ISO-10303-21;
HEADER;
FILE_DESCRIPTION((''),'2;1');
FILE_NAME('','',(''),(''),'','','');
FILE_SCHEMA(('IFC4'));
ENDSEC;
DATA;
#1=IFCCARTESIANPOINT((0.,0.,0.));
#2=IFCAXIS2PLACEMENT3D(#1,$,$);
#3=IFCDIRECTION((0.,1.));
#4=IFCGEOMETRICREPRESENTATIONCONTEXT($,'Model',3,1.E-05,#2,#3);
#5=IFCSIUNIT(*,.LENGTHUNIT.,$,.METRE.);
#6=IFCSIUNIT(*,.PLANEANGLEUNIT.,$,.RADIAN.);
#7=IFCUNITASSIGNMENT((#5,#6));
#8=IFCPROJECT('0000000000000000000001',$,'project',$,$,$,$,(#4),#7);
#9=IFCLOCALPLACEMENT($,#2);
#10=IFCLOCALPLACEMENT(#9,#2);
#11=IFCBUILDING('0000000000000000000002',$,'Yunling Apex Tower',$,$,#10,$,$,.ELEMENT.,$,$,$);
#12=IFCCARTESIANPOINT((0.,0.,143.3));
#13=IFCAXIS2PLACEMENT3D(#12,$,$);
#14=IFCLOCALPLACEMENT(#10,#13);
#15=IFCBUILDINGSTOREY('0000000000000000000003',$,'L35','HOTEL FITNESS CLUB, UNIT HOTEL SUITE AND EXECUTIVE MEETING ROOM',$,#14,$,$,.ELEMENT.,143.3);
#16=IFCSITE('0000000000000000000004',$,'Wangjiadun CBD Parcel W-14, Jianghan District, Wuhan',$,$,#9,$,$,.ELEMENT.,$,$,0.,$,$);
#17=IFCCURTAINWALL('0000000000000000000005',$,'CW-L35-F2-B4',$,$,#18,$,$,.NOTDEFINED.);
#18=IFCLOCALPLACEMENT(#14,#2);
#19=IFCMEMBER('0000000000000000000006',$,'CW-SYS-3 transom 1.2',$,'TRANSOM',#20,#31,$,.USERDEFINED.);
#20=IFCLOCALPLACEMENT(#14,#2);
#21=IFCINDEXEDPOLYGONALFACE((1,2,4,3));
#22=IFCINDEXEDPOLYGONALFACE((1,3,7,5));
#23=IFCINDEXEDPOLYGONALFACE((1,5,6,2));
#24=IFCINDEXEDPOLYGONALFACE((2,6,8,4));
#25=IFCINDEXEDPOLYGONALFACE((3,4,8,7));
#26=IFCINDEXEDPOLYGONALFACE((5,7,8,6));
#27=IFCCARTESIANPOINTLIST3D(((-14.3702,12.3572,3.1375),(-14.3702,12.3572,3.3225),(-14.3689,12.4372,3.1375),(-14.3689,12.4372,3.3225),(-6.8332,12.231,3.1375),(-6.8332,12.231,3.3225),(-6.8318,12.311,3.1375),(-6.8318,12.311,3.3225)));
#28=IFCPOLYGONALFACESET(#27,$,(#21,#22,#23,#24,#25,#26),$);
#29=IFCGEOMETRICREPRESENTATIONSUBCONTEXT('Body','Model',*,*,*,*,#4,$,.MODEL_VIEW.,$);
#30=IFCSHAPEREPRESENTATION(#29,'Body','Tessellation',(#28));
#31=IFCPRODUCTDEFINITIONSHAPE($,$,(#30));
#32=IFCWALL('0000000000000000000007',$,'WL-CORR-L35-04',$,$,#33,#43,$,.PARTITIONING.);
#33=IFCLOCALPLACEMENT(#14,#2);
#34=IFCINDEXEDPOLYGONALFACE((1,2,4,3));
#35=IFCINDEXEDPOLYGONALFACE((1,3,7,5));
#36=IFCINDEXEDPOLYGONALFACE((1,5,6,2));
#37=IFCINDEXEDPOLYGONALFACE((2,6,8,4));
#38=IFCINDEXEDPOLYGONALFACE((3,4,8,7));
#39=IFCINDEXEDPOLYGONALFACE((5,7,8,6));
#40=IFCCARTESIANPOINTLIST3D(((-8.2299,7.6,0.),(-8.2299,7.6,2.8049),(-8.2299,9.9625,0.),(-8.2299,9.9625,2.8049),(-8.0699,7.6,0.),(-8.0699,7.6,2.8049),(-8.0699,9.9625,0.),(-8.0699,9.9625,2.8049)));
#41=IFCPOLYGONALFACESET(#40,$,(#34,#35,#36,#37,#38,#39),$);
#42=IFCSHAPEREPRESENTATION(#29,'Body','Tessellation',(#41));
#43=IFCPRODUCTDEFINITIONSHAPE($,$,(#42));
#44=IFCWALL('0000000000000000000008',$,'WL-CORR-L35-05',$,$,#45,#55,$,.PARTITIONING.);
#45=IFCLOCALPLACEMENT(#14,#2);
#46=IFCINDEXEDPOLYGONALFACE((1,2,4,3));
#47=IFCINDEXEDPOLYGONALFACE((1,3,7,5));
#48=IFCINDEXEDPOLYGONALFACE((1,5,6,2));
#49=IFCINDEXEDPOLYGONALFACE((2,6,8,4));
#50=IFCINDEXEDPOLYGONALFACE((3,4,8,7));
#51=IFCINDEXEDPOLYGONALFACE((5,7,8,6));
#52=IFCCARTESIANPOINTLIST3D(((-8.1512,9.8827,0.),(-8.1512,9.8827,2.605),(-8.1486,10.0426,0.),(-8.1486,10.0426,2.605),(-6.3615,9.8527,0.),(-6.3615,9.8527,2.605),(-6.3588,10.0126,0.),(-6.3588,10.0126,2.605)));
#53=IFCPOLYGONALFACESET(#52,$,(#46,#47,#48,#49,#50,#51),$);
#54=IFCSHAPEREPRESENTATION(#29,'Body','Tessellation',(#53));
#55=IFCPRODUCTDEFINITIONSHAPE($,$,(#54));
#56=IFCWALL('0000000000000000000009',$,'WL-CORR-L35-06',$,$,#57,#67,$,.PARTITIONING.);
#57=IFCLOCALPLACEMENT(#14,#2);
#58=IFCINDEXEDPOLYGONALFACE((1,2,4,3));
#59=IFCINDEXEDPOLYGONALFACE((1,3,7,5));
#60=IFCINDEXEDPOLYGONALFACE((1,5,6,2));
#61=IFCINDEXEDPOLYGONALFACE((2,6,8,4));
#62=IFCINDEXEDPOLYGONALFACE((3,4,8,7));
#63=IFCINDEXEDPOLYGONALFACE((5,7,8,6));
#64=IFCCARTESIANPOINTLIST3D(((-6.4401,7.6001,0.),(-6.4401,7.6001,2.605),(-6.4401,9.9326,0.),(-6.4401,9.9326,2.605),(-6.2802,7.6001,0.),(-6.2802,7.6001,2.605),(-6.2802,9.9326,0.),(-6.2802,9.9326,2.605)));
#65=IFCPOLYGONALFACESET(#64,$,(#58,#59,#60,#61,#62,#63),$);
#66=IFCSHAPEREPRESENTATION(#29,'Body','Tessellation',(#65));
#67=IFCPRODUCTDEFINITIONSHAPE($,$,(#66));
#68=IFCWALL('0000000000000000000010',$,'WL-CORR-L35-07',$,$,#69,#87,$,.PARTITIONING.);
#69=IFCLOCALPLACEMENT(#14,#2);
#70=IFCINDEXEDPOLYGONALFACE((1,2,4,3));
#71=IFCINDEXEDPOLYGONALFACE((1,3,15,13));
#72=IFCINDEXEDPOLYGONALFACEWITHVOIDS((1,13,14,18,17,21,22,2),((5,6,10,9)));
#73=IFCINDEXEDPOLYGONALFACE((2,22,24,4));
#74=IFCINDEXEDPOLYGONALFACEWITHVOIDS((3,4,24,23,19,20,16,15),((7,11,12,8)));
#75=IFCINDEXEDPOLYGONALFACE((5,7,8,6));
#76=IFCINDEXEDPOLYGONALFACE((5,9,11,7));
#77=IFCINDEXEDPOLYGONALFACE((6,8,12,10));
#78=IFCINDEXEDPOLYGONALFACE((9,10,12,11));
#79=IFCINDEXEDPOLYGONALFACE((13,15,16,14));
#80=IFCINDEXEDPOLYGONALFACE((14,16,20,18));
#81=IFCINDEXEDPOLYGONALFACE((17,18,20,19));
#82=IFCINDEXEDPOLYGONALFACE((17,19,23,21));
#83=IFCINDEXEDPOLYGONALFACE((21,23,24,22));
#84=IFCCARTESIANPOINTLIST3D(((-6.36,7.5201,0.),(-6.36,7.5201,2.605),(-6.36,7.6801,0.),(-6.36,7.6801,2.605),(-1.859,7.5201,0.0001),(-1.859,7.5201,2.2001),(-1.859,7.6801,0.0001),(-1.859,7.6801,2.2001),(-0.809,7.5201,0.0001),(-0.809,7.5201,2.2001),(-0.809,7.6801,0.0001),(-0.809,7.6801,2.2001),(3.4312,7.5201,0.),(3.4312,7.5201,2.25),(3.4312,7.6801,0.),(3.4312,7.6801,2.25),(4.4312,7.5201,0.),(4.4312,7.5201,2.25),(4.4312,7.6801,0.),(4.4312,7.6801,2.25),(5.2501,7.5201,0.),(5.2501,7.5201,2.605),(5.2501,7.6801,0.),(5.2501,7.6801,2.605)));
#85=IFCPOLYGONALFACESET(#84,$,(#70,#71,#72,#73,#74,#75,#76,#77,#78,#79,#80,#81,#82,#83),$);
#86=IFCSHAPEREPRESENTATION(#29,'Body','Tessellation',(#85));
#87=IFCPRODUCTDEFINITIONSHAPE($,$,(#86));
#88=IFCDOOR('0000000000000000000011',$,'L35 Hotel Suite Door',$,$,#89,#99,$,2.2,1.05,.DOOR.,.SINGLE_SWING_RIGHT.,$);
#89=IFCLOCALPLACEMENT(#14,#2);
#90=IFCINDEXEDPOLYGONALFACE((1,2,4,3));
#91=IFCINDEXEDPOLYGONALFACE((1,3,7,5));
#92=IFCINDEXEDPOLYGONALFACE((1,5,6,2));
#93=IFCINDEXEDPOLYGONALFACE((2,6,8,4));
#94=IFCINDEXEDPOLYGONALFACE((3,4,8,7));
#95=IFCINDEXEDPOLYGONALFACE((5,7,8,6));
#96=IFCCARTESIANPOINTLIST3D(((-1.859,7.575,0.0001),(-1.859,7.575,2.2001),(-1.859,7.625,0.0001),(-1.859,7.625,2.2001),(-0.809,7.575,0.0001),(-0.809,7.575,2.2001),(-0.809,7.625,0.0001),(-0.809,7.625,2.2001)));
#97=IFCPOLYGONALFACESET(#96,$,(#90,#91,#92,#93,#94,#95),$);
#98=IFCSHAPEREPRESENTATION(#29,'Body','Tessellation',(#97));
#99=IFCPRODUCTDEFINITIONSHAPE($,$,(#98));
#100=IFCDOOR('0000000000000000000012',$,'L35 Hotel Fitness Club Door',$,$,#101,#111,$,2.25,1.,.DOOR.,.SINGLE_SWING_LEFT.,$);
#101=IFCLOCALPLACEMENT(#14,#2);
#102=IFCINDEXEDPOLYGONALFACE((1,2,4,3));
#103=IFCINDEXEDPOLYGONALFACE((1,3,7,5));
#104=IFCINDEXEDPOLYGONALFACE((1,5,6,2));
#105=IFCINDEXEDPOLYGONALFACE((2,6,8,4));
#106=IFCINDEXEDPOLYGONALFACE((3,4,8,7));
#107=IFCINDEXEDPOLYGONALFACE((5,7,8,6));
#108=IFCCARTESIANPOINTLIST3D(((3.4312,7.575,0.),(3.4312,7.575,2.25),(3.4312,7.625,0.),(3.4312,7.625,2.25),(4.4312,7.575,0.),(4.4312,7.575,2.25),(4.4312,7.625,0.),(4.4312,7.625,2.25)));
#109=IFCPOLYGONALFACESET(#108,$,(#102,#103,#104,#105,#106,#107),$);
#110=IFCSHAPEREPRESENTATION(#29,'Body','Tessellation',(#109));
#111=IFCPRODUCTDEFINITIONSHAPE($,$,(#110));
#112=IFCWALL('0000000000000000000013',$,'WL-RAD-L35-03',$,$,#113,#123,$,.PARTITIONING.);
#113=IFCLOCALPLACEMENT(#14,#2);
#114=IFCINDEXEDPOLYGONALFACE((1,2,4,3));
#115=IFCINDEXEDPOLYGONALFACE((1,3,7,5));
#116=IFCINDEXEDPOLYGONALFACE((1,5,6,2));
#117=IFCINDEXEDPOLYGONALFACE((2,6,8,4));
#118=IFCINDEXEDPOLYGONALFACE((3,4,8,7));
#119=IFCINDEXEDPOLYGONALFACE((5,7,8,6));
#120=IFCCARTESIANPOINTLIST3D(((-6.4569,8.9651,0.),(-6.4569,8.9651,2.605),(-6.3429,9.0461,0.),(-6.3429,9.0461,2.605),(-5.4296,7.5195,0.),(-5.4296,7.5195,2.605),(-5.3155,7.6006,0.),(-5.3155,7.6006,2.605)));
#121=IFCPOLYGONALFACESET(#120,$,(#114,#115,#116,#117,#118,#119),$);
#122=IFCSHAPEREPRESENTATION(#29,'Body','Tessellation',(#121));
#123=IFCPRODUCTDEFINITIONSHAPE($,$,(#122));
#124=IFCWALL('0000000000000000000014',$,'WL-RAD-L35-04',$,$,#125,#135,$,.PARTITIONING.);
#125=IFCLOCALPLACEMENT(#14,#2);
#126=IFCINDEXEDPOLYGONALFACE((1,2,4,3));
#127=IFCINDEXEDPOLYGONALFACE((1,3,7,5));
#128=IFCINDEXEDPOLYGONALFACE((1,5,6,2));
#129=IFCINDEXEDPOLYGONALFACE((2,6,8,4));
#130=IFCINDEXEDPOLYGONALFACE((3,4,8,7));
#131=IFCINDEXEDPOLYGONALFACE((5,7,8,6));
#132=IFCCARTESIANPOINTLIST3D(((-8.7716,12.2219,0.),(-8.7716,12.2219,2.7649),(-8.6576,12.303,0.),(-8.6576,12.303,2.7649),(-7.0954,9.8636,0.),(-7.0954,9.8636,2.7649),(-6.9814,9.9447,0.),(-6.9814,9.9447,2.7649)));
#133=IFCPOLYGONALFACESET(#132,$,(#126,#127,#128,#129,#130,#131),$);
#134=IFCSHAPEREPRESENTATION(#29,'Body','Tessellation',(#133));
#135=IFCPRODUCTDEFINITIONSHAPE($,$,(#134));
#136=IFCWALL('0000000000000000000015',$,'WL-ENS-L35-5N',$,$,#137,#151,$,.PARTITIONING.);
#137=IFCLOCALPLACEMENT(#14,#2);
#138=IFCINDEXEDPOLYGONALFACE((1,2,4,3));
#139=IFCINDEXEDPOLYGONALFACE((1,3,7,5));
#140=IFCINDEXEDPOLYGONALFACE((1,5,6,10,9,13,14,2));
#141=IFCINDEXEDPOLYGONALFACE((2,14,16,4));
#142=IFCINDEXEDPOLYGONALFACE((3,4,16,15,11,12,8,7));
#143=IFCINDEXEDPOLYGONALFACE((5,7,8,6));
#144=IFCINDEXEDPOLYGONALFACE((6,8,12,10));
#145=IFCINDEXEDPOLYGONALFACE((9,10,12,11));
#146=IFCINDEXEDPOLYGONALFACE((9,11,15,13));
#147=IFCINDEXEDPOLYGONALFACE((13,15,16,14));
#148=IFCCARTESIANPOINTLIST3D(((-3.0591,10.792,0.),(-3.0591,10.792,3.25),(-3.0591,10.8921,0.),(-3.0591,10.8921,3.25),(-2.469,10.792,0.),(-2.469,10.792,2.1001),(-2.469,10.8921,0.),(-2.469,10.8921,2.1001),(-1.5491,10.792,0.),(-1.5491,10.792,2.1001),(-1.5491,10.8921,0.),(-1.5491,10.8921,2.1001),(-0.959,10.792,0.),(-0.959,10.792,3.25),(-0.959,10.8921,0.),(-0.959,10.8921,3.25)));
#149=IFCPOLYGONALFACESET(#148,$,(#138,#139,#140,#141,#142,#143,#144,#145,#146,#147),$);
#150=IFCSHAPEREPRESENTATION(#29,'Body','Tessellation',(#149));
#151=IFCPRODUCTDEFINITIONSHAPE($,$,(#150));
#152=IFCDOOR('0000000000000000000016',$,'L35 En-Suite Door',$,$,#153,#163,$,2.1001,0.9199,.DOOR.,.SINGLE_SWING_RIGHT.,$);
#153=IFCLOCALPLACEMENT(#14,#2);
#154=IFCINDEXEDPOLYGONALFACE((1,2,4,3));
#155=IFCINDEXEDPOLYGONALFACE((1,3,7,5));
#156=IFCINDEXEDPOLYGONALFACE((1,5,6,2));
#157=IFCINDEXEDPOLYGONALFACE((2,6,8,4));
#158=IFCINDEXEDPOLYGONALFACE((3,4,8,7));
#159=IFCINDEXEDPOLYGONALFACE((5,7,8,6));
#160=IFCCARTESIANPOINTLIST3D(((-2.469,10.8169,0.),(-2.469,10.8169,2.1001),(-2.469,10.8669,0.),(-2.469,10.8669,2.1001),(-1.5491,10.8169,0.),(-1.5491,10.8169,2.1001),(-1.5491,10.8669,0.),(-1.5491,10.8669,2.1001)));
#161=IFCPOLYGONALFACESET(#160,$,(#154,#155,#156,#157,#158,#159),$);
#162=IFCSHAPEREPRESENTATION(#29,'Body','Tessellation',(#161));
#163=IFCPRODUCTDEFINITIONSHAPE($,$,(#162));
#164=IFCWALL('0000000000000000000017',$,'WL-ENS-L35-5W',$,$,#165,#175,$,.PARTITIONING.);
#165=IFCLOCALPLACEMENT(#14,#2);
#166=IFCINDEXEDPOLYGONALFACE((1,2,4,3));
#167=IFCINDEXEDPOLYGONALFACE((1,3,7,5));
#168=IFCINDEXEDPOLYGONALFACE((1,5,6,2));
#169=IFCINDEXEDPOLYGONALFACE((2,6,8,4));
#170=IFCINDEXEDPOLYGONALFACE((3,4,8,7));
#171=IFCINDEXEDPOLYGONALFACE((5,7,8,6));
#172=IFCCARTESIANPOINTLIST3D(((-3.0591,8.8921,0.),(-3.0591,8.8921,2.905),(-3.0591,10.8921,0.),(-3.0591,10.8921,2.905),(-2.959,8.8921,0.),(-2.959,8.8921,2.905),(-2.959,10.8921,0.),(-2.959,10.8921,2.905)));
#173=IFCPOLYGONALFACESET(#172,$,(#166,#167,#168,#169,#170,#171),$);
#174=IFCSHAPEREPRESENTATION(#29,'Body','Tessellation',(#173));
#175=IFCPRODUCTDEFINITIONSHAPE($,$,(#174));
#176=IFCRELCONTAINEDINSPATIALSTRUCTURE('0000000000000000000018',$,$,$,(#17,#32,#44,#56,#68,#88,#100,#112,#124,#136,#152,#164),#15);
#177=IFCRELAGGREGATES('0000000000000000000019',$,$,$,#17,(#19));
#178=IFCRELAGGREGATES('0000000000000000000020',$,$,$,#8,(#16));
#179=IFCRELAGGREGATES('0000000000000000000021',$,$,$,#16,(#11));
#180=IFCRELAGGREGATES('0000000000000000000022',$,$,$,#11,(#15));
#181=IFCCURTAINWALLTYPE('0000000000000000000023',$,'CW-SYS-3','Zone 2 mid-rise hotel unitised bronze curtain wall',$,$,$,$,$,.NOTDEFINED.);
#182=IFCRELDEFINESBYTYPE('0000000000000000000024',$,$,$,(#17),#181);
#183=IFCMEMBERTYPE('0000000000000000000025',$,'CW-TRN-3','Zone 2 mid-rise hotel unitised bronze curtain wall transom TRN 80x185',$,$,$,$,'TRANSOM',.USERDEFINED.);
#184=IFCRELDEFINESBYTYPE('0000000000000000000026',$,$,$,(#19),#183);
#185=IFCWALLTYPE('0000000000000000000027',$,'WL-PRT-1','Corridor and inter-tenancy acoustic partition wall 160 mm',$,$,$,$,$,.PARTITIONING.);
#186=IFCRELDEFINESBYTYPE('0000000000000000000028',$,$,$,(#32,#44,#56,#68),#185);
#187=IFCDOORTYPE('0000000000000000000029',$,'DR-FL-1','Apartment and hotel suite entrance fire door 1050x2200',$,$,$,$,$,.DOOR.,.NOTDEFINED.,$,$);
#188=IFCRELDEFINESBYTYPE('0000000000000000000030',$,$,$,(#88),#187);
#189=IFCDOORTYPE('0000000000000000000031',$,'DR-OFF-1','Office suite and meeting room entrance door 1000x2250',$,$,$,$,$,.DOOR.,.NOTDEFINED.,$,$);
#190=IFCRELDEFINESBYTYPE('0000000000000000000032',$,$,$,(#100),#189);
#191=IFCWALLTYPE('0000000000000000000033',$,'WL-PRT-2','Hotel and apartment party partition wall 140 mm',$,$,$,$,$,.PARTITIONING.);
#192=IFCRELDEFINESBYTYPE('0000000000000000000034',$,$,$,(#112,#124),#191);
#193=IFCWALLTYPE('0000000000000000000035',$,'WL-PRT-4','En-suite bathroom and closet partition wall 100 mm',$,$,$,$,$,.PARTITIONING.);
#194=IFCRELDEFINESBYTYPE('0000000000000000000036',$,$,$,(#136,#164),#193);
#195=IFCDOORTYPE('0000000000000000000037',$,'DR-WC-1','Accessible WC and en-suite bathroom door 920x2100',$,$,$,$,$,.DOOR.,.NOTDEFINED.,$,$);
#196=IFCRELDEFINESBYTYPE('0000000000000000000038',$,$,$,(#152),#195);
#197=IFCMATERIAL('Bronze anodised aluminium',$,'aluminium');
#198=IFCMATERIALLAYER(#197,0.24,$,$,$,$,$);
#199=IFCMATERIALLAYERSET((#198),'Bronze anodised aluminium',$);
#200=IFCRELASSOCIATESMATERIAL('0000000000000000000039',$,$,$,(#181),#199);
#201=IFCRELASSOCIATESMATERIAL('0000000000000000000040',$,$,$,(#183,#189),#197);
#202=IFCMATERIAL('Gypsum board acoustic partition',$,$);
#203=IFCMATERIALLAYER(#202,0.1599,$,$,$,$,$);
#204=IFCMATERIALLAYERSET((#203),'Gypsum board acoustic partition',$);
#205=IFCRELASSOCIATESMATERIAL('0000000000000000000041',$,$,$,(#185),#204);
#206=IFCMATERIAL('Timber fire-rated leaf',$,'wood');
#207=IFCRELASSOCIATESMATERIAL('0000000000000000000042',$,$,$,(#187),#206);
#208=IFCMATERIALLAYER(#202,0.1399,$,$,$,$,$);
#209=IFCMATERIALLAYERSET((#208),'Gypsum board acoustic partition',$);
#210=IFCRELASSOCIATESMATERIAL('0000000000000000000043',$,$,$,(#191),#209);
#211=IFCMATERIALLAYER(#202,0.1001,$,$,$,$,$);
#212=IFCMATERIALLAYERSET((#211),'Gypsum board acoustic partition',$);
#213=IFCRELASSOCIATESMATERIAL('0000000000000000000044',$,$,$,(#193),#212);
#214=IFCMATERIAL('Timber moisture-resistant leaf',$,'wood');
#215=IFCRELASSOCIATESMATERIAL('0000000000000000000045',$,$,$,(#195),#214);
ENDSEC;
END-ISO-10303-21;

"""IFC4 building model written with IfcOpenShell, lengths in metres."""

from ifc_helpers import new_model, si_unit, direction, frame, frame_2d, origin, origin_2d, place, context, subcontext, project, spatial, rectangle, extrude, source, transform, mapped, material, layer, layer_set, material_profile, profile_set, type_object, element, fill, aggregate, save


model = new_model("IFC4")

# Units and contexts
model_context = context("Model", 3, precision=1e-05, world=origin(), true_north=direction((0.0, 1.0)))
body_context = subcontext(model_context, "Body", "Model", "MODEL_VIEW")
ifc_project = project(units=[si_unit("LENGTHUNIT", "METRE"), si_unit("PLANEANGLEUNIT", "RADIAN")], contexts=[model_context])

# Site, building, storey
site_placement = place(None, origin())
site = spatial("IfcSite", under=ifc_project, at=site_placement, Name="Wangjiadun CBD Parcel W-14, Jianghan District, Wuhan", CompositionType="ELEMENT", RefElevation=0.0)
building_placement = place(site_placement, origin())
building = spatial("IfcBuilding", under=site, at=building_placement, Name="Yunling Apex Tower", CompositionType="ELEMENT")
storey_placement = place(building_placement, frame((0.0, 0.0, 143.3)))
storey = spatial("IfcBuildingStorey", under=building, at=storey_placement, Name="L35", Description="HOTEL FITNESS CLUB, UNIT HOTEL SUITE AND EXECUTIVE MEETING ROOM", CompositionType="ELEMENT", Elevation=143.3)

# Shared definitions
ifc_material_1 = material(Name="Bronze anodised aluminium", Category="aluminium")
ifc_layer_1 = layer(ifc_material_1, 0.24)
ifc_layer_set_1 = layer_set([ifc_layer_1], Name="Bronze anodised aluminium")
curtain_wall_type = type_object("IfcCurtainWallType", Name="CW-SYS-3", Description="Zone 2 mid-rise hotel unitised bronze curtain wall", PredefinedType="NOTDEFINED", material=ifc_layer_set_1)

# Curtain wall, member
curtain_wall_1_placement = place(storey_placement, origin())
curtain_wall_1 = element("IfcCurtainWall", 1, at=curtain_wall_1_placement, inside=storey, type_object=curtain_wall_type, Name="CW-L35-F2-B4", PredefinedType="NOTDEFINED")
ifc_material_profile_1 = material_profile(ifc_material_1, rectangle(XDim=0.0801, YDim=0.1851, at=origin_2d()))
ifc_profile_set_1 = profile_set([ifc_material_profile_1], Name="Bronze anodised aluminium")
member_type_1 = type_object("IfcMemberType", Name="CW-TRN-3", Description="Zone 2 mid-rise hotel unitised bronze curtain wall transom TRN 80x185", ElementType="TRANSOM", PredefinedType="USERDEFINED", material=ifc_profile_set_1)
shared_shape_1 = source(origin(), body_context, "Body", "SweptSolid", [
    extrude(rectangle(XDim=0.0801, YDim=0.1851, at=origin_2d()), origin(), (0.0, 0.0, 1.0), 7.5381),
])
member_1_placement = place(storey_placement, frame((-6.8325, 12.271, 3.23), z_axis=(-0.99986, 0.016744, 0.0), x_axis=(-0.016744, -0.99986, 0.0)))
member_1 = element("IfcMember", 2, at=member_1_placement, type_object=member_type_1, Name="CW-SYS-3 transom 1.2", ObjectType="TRANSOM", PredefinedType="USERDEFINED", context=body_context, shape_type="MappedRepresentation", body=[
    mapped(shared_shape_1, transform((0.0, 0.0, 0.0), scale=1.0)),
])
aggregate(curtain_wall_1, [member_1])

# Walls
ifc_material_2 = material(Name="Gypsum board acoustic partition")
ifc_layer_2 = layer(ifc_material_2, 0.1599)
ifc_layer_set_2 = layer_set([ifc_layer_2], Name="Gypsum board acoustic partition")
wall_type_1 = type_object("IfcWallType", Name="WL-PRT-1", Description="Corridor and inter-tenancy acoustic partition wall 160 mm", PredefinedType="PARTITIONING", material=ifc_layer_set_2)
wall_1_placement = place(storey_placement, frame((-8.1499, 7.6001, 0.0), z_axis=(0.0, 0.0, 1.0), x_axis=(0.0, 1.0, 0.0)))
element("IfcWall", 3, at=wall_1_placement, inside=storey, type_object=wall_type_1, Name="WL-CORR-L35-04", PredefinedType="PARTITIONING", context=body_context, shape_type="SweptSolid", body=[
    extrude(rectangle(XDim=2.3625, YDim=0.1599, at=frame_2d((1.1812, 0.0))), origin(), (0.0, 0.0, 1.0), 2.8049),
])
wall_2_placement = place(storey_placement, frame((-8.1499, 9.9626, 0.0), z_axis=(0.0, 0.0, 1.0), x_axis=(0.999859, -0.016776, 0.0)))
element("IfcWall", 4, at=wall_2_placement, inside=storey, type_object=wall_type_1, Name="WL-CORR-L35-05", PredefinedType="PARTITIONING", context=body_context, shape_type="SweptSolid", body=[
    extrude(rectangle(XDim=1.79, YDim=0.1599, at=frame_2d((0.895, 0.0))), origin(), (0.0, 0.0, 1.0), 2.605),
])
wall_3_placement = place(storey_placement, frame((-6.3601, 9.9326, 0.0), z_axis=(0.0, 0.0, 1.0), x_axis=(0.0, -1.0, 0.0)))
element("IfcWall", 5, at=wall_3_placement, inside=storey, type_object=wall_type_1, Name="WL-CORR-L35-06", PredefinedType="PARTITIONING", context=body_context, shape_type="SweptSolid", body=[
    extrude(rectangle(XDim=2.3325, YDim=0.1599, at=frame_2d((1.1663, 0.0))), origin(), (0.0, 0.0, 1.0), 2.605),
])

# Wall, openings, doors
wall_4_placement = place(storey_placement, frame((-6.3601, 7.6001, 0.0), z_axis=(0.0, 0.0, 1.0), x_axis=(1.0, 0.0, 0.0)))
wall_4 = element("IfcWall", 6, at=wall_4_placement, inside=storey, type_object=wall_type_1, Name="WL-CORR-L35-07", PredefinedType="PARTITIONING", context=body_context, shape_type="SweptSolid", body=[
    extrude(rectangle(XDim=11.6101, YDim=0.1599, at=frame_2d((5.8052, 0.0))), origin(), (0.0, 0.0, 1.0), 2.605),
])
opening_1_placement = place(wall_4_placement, frame((4.5012, 0.0, 0.0)))
opening_1 = element("IfcOpeningElement", 7, at=opening_1_placement, cuts=wall_4, PredefinedType="OPENING", context=body_context, shape_type="SweptSolid", body=[
    extrude(rectangle(XDim=1.05, YDim=2.2, at=frame_2d((0.5249, 1.1001))), frame((0.0, 0.0898, 0.0), z_axis=(0.0, -1.0, 0.0), x_axis=(1.0, 0.0, 0.0)), (0.0, 0.0, 1.0), 0.1799),
])
opening_2_placement = place(wall_4_placement, frame((9.7913, 0.0, 0.0)))
opening_2 = element("IfcOpeningElement", 8, at=opening_2_placement, cuts=wall_4, PredefinedType="OPENING", context=body_context, shape_type="SweptSolid", body=[
    extrude(rectangle(XDim=1.0, YDim=2.25, at=frame_2d((0.5, 1.125))), frame((0.0, 0.0898, 0.0), z_axis=(0.0, -1.0, 0.0), x_axis=(1.0, 0.0, 0.0)), (0.0, 0.0, 1.0), 0.1799),
])
ifc_material_3 = material(Name="Timber fire-rated leaf", Category="wood")
door_type_1 = type_object("IfcDoorType", Name="DR-FL-1", Description="Apartment and hotel suite entrance fire door 1050x2200", OperationType="NOTDEFINED", PredefinedType="DOOR", material=ifc_material_3)
door_1_placement = place(opening_1_placement, origin())
door_1 = element("IfcDoor", 9, at=door_1_placement, inside=storey, type_object=door_type_1, Name="L35 Hotel Suite Door", OperationType="SINGLE_SWING_RIGHT", OverallHeight=2.2, OverallWidth=1.05, PredefinedType="DOOR", context=body_context, shape_type="SweptSolid", body=[
    extrude(rectangle(XDim=1.05, YDim=2.2, at=frame_2d((0.5249, 1.1001))), frame((0.0, 0.0249, 0.0), z_axis=(0.0, -1.0, 0.0), x_axis=(1.0, 0.0, 0.0)), (0.0, 0.0, 1.0), 0.05),
])
fill(opening_1, door_1)
door_type_2 = type_object("IfcDoorType", Name="DR-OFF-1", Description="Office suite and meeting room entrance door 1000x2250", OperationType="NOTDEFINED", PredefinedType="DOOR", material=ifc_material_1)
door_2_placement = place(opening_2_placement, origin())
door_2 = element("IfcDoor", 10, at=door_2_placement, inside=storey, type_object=door_type_2, Name="L35 Hotel Fitness Club Door", OperationType="SINGLE_SWING_LEFT", OverallHeight=2.25, OverallWidth=1.0, PredefinedType="DOOR", context=body_context, shape_type="SweptSolid", body=[
    extrude(rectangle(XDim=1.0, YDim=2.25, at=frame_2d((0.5, 1.125))), frame((0.0, 0.0249, 0.0), z_axis=(0.0, -1.0, 0.0), x_axis=(1.0, 0.0, 0.0)), (0.0, 0.0, 1.0), 0.05),
])
fill(opening_2, door_2)

# Walls
ifc_layer_3 = layer(ifc_material_2, 0.1399)
ifc_layer_set_3 = layer_set([ifc_layer_3], Name="Gypsum board acoustic partition")
wall_type_2 = type_object("IfcWallType", Name="WL-PRT-2", Description="Hotel and apartment party partition wall 140 mm", PredefinedType="PARTITIONING", material=ifc_layer_set_3)
wall_5_placement = place(storey_placement, frame((-5.3726, 7.5601, 0.0), z_axis=(0.0, 0.0, 1.0), x_axis=(-0.579296, 0.815117, 0.0)))
element("IfcWall", 11, at=wall_5_placement, inside=storey, type_object=wall_type_2, Name="WL-RAD-L35-03", PredefinedType="PARTITIONING", context=body_context, shape_type="SweptSolid", body=[
    extrude(rectangle(XDim=1.7734, YDim=0.1399, at=frame_2d((0.8867, 0.0))), origin(), (0.0, 0.0, 1.0), 2.605),
])
wall_6_placement = place(storey_placement, frame((-7.0383, 9.9041, 0.0), z_axis=(0.0, 0.0, 1.0), x_axis=(-0.579337, 0.815088, 0.0)))
element("IfcWall", 12, at=wall_6_placement, inside=storey, type_object=wall_type_2, Name="WL-RAD-L35-04", PredefinedType="PARTITIONING", context=body_context, shape_type="SweptSolid", body=[
    extrude(rectangle(XDim=2.8933, YDim=0.1399, at=frame_2d((1.4468, 0.0))), origin(), (0.0, 0.0, 1.0), 2.7649),
])

# Wall, opening, door
ifc_layer_4 = layer(ifc_material_2, 0.1001)
ifc_layer_set_4 = layer_set([ifc_layer_4], Name="Gypsum board acoustic partition")
wall_type_3 = type_object("IfcWallType", Name="WL-PRT-4", Description="En-suite bathroom and closet partition wall 100 mm", PredefinedType="PARTITIONING", material=ifc_layer_set_4)
wall_7_placement = place(storey_placement, frame((-3.0591, 10.842, 0.0), z_axis=(0.0, 0.0, 1.0), x_axis=(1.0, 0.0, 0.0)))
wall_7 = element("IfcWall", 13, at=wall_7_placement, inside=storey, type_object=wall_type_3, Name="WL-ENS-L35-5N", PredefinedType="PARTITIONING", context=body_context, shape_type="SweptSolid", body=[
    extrude(rectangle(XDim=2.1001, YDim=0.1001, at=frame_2d((1.05, 0.0))), origin(), (0.0, 0.0, 1.0), 3.25),
])
opening_3_placement = place(wall_7_placement, frame((0.5901, 0.0, 0.0)))
opening_3 = element("IfcOpeningElement", 14, at=opening_3_placement, cuts=wall_7, PredefinedType="OPENING", context=body_context, shape_type="SweptSolid", body=[
    extrude(rectangle(XDim=0.9199, YDim=2.1001, at=frame_2d((0.46, 1.05))), frame((0.0, 0.0601, 0.0), z_axis=(0.0, -1.0, 0.0), x_axis=(1.0, 0.0, 0.0)), (0.0, 0.0, 1.0), 0.1201),
])
ifc_material_4 = material(Name="Timber moisture-resistant leaf", Category="wood")
door_type_3 = type_object("IfcDoorType", Name="DR-WC-1", Description="Accessible WC and en-suite bathroom door 920x2100", OperationType="NOTDEFINED", PredefinedType="DOOR", material=ifc_material_4)
door_3_placement = place(opening_3_placement, origin())
door_3 = element("IfcDoor", 15, at=door_3_placement, inside=storey, type_object=door_type_3, Name="L35 En-Suite Door", OperationType="SINGLE_SWING_RIGHT", OverallHeight=2.1001, OverallWidth=0.9199, PredefinedType="DOOR", context=body_context, shape_type="SweptSolid", body=[
    extrude(rectangle(XDim=0.9199, YDim=2.1001, at=frame_2d((0.46, 1.05))), frame((0.0, 0.0249, 0.0), z_axis=(0.0, -1.0, 0.0), x_axis=(1.0, 0.0, 0.0)), (0.0, 0.0, 1.0), 0.05),
])
fill(opening_3, door_3)

# Wall
wall_8_placement = place(storey_placement, frame((-3.009, 8.8921, 0.0), z_axis=(0.0, 0.0, 1.0), x_axis=(0.0, 1.0, 0.0)))
element("IfcWall", 16, at=wall_8_placement, inside=storey, type_object=wall_type_3, Name="WL-ENS-L35-5W", PredefinedType="PARTITIONING", context=body_context, shape_type="SweptSolid", body=[
    extrude(rectangle(XDim=2.0, YDim=0.1001, at=frame_2d((1.0, 0.0))), origin(), (0.0, 0.0, 1.0), 2.905),
])

save(model, "model.ifc")
